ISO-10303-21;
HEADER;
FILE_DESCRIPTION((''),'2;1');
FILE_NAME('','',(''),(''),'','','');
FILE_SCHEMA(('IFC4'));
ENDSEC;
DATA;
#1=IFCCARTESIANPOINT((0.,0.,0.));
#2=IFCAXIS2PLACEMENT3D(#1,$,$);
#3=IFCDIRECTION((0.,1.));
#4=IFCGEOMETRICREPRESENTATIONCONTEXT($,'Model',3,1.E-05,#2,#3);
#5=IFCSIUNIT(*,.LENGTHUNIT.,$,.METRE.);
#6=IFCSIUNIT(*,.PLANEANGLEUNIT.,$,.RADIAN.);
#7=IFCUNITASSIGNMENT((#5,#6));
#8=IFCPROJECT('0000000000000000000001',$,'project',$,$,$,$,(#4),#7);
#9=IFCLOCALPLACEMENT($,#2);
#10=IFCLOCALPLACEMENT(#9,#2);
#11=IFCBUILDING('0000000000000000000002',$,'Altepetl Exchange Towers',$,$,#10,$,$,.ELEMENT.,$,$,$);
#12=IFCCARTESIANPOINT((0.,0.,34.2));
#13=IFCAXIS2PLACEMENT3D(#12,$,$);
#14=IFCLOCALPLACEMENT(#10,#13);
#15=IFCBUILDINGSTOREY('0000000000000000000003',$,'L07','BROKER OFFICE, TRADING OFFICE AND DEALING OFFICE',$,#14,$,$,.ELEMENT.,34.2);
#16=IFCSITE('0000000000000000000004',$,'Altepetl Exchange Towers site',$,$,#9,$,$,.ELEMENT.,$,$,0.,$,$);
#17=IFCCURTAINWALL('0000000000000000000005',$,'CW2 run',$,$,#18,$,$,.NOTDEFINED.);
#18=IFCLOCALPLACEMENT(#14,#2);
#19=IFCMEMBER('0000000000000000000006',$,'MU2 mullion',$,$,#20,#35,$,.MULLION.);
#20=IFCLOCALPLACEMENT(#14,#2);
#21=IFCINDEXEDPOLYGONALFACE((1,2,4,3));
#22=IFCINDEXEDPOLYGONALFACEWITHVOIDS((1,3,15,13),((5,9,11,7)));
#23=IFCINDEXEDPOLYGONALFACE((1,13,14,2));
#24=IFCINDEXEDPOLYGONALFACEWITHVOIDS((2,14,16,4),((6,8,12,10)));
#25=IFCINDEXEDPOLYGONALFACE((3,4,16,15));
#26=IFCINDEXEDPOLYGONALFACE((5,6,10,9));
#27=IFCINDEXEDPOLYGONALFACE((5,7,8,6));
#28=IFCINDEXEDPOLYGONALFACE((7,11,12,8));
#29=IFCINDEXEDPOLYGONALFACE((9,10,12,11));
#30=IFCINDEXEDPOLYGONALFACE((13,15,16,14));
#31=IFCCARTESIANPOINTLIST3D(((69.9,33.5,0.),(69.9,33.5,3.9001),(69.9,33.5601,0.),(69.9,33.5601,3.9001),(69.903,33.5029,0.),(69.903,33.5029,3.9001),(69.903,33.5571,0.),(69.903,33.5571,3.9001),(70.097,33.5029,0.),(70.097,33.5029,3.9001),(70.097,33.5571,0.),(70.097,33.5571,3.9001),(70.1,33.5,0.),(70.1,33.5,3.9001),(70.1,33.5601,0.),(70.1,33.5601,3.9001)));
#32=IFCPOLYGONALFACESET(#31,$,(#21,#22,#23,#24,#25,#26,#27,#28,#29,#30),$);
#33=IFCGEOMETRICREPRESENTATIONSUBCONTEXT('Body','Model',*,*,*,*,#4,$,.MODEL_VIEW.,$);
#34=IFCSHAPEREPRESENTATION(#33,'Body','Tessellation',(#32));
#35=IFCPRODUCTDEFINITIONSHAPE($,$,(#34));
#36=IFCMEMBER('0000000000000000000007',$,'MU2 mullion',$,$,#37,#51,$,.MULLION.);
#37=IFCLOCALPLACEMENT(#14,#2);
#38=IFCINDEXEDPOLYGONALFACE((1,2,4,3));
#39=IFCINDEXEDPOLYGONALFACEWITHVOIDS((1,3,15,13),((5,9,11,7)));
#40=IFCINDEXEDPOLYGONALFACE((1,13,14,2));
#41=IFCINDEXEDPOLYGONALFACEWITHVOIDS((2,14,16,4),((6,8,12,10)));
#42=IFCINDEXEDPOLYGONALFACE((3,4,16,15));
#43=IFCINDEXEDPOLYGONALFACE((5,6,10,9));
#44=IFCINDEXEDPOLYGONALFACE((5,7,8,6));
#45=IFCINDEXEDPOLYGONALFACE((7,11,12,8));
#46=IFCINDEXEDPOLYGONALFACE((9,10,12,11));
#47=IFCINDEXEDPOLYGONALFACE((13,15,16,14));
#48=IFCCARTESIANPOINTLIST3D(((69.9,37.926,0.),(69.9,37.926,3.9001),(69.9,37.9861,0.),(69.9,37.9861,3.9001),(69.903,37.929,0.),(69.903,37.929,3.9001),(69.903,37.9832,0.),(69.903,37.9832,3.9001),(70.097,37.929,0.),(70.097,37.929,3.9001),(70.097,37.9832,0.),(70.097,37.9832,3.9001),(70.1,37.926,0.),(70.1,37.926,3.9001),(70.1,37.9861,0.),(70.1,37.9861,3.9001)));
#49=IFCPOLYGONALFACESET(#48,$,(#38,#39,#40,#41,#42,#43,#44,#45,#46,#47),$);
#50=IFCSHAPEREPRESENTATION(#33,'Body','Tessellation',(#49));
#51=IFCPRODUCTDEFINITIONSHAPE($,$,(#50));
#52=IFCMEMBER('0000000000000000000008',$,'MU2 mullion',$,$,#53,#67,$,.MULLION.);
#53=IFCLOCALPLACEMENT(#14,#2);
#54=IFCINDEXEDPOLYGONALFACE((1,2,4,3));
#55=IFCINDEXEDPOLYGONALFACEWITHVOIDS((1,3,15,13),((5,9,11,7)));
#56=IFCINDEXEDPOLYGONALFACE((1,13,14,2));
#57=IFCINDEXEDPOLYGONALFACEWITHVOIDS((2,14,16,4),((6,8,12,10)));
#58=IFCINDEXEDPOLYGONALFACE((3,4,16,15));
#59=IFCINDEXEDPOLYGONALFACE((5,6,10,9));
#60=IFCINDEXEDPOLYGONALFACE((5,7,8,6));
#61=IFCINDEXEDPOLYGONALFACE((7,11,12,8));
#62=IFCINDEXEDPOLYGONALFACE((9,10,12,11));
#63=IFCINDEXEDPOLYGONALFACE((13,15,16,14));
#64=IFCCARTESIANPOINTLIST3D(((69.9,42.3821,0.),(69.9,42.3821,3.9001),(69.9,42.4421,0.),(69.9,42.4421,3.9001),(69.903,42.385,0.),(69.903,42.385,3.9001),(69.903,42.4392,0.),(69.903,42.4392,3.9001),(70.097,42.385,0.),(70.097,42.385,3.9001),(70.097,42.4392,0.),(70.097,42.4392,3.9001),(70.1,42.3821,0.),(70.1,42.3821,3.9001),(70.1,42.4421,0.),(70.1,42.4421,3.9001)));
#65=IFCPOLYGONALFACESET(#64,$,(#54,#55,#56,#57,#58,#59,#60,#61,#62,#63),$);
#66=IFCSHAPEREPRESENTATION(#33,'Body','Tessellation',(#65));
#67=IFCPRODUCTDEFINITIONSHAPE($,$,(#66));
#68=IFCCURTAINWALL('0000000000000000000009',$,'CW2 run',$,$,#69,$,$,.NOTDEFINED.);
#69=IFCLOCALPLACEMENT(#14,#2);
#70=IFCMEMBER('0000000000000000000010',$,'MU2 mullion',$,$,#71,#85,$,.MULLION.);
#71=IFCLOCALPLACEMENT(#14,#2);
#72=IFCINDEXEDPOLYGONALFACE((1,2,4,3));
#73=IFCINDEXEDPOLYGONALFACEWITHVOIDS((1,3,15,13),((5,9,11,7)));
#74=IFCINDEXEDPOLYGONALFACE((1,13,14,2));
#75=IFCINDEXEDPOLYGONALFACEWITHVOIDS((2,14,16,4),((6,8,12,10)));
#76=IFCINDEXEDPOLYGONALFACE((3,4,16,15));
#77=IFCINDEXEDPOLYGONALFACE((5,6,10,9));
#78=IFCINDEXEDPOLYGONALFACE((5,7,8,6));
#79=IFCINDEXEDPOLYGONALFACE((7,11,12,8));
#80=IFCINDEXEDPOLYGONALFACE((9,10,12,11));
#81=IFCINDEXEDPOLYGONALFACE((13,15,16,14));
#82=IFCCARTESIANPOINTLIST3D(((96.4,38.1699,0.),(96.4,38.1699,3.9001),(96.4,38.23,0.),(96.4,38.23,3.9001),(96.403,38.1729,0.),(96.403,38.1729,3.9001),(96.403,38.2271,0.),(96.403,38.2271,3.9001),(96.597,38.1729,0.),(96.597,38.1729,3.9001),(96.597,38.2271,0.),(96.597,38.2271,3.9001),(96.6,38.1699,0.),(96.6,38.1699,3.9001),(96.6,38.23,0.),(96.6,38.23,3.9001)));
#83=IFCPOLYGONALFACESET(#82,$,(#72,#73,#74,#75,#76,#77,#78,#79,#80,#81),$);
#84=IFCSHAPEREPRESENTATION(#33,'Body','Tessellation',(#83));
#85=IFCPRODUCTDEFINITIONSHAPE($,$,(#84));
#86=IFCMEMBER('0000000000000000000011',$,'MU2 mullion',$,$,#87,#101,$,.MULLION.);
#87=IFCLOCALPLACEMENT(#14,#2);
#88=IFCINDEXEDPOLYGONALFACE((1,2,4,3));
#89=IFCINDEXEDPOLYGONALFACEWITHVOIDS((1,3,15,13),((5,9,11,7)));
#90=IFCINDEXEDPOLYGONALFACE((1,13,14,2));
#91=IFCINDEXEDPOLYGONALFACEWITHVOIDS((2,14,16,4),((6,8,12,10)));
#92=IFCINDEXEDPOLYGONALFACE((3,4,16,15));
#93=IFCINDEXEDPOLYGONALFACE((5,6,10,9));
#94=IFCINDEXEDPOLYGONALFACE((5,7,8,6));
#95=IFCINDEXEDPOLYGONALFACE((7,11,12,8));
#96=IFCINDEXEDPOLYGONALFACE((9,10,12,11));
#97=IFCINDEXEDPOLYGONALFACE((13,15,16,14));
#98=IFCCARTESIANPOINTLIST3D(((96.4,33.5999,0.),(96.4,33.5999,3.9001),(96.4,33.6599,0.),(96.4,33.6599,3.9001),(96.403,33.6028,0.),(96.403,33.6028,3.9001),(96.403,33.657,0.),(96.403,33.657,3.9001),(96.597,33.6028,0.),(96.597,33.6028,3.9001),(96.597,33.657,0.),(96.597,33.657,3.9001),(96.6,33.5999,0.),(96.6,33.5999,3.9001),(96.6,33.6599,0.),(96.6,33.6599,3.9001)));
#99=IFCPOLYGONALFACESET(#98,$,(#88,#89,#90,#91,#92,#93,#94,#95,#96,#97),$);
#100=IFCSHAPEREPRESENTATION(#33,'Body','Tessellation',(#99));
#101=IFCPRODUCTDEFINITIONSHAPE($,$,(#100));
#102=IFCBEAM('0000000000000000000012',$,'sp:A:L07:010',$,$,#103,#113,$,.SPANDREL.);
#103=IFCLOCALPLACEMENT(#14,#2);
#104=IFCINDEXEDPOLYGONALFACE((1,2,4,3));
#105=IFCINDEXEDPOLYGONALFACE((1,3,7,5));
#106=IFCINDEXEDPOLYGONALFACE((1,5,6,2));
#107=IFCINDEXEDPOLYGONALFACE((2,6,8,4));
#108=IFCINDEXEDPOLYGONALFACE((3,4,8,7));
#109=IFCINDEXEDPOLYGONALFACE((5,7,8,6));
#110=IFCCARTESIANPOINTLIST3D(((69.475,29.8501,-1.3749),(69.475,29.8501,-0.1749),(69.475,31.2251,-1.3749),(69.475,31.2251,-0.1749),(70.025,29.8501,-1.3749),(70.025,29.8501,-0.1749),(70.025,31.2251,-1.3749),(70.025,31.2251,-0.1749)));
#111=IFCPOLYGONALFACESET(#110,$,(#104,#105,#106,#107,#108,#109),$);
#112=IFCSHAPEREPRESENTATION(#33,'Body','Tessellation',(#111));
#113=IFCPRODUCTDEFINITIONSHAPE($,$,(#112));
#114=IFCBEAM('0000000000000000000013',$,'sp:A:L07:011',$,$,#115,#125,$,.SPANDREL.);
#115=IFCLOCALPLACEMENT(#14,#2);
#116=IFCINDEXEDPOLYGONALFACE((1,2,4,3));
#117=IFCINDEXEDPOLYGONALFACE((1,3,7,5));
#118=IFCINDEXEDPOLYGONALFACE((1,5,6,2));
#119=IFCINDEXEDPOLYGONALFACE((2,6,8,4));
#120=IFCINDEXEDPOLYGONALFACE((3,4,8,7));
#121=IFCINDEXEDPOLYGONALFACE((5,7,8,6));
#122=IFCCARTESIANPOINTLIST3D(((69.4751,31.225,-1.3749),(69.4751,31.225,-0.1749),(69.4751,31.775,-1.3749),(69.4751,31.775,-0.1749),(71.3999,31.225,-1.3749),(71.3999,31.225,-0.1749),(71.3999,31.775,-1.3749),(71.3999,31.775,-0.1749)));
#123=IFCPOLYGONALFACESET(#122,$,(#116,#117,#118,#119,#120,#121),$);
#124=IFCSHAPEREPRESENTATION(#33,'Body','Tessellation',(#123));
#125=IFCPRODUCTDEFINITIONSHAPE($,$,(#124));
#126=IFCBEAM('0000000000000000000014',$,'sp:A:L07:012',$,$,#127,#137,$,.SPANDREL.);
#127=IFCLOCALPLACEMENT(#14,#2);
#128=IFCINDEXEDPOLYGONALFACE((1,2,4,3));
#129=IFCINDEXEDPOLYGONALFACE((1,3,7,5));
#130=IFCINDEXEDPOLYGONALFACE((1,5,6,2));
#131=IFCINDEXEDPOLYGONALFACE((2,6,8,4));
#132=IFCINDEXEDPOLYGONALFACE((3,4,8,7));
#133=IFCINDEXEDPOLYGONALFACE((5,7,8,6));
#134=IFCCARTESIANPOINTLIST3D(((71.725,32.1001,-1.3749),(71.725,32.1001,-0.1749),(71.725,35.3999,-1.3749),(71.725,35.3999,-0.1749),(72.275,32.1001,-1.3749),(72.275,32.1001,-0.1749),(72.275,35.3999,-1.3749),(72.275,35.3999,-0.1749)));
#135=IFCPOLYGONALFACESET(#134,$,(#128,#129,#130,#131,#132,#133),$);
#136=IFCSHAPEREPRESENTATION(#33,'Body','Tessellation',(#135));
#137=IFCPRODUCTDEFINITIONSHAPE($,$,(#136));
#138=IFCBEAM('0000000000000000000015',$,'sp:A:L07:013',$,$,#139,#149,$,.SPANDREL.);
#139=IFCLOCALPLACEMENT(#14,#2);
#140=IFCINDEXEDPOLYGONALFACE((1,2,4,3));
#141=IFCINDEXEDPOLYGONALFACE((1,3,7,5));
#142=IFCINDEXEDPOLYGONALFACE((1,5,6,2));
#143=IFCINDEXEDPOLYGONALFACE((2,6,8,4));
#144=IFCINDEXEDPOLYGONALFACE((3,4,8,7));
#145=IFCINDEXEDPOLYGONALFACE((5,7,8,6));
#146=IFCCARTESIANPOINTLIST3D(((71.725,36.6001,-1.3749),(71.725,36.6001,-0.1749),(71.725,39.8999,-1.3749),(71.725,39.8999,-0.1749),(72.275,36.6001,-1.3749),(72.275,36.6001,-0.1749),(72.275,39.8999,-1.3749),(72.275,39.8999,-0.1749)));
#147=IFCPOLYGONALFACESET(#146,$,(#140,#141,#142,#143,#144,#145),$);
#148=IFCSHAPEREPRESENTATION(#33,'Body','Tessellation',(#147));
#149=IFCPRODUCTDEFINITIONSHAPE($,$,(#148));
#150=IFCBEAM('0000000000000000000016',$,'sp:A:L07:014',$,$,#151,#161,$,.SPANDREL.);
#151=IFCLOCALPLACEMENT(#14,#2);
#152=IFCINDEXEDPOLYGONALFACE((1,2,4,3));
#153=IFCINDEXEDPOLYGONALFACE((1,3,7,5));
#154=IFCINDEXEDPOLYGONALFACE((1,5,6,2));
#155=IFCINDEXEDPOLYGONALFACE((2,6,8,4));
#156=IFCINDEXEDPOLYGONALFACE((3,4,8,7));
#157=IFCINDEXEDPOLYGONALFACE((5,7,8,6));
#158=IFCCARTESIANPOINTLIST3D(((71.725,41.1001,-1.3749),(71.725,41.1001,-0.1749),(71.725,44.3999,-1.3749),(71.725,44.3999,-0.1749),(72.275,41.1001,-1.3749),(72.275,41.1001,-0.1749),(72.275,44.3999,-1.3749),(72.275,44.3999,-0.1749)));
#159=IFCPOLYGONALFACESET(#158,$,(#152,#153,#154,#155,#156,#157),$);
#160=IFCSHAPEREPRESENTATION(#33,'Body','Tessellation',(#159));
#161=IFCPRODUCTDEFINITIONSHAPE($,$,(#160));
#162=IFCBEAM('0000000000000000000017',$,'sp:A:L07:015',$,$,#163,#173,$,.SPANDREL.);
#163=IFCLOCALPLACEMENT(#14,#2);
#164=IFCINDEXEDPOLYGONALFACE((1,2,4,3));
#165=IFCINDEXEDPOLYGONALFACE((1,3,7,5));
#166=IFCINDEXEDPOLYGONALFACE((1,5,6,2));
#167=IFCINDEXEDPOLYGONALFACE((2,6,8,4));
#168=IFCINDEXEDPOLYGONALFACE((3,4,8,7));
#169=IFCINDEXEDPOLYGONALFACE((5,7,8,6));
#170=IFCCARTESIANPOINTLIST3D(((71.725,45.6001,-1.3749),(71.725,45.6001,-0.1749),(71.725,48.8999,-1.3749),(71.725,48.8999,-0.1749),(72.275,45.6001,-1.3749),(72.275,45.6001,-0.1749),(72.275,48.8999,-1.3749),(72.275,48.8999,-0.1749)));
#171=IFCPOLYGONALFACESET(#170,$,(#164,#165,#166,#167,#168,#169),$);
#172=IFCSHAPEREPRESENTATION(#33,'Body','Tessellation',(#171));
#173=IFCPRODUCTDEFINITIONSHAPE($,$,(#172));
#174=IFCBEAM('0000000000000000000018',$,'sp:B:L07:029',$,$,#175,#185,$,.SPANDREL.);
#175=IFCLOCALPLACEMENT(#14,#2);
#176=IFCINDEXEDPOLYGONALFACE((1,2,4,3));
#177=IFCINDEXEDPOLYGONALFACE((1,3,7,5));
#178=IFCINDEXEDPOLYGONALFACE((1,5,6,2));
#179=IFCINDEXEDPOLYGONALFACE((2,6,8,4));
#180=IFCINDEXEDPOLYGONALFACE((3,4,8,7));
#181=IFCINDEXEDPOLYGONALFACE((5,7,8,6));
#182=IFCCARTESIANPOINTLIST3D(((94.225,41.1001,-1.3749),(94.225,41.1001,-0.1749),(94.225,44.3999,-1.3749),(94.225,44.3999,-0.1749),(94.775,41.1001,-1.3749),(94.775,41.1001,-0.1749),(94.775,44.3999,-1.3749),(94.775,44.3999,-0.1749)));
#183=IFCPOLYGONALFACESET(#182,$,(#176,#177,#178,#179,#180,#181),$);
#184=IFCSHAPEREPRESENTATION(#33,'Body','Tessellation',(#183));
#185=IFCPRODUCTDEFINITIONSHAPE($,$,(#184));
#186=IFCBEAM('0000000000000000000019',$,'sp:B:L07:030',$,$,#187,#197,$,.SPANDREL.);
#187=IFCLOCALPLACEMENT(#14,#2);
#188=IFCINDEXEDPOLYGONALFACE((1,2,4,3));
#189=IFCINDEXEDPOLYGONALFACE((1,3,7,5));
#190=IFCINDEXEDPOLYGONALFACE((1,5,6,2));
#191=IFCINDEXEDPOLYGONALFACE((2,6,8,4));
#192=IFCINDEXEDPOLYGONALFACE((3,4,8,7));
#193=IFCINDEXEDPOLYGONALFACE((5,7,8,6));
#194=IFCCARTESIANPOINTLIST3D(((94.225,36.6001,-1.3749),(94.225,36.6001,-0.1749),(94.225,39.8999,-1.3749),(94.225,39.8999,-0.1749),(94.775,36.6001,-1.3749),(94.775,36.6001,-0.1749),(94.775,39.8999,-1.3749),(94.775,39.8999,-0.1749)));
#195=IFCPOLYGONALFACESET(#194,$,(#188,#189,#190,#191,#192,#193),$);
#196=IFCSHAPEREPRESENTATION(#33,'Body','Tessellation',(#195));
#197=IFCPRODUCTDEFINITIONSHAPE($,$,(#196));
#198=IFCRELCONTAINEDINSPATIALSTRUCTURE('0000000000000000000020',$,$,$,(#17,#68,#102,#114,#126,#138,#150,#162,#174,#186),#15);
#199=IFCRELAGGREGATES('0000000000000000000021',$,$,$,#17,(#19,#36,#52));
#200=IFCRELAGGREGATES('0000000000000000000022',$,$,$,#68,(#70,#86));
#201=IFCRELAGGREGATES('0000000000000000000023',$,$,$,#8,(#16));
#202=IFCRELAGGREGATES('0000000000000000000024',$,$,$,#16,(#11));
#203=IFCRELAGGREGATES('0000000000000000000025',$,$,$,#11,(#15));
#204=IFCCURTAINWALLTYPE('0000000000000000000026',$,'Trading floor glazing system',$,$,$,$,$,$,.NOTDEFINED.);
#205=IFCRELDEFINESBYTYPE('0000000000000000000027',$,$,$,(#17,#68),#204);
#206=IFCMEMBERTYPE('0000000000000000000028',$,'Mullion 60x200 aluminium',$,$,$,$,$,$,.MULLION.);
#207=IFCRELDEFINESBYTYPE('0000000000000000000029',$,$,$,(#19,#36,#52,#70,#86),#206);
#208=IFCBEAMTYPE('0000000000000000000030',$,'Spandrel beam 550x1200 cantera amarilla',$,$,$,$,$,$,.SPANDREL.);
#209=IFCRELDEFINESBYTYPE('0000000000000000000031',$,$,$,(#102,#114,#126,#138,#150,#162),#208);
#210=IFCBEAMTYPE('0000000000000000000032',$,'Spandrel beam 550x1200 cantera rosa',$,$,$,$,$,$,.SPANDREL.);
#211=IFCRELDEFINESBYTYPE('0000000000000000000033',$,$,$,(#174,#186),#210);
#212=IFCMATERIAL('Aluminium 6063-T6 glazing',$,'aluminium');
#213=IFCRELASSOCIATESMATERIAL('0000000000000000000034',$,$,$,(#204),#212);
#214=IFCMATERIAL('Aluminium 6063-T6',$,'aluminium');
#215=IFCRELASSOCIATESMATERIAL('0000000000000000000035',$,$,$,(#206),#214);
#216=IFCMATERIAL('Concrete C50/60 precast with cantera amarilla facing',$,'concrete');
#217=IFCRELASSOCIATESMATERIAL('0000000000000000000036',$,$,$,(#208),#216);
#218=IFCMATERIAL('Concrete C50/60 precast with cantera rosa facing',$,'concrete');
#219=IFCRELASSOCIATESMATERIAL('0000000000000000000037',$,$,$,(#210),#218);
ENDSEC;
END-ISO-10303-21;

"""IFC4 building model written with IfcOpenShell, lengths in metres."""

from ifc_helpers import new_model, si_unit, direction, frame, origin, origin_2d, place, context, subcontext, project, spatial, rectangle, hollow_rectangle, extrude, material, material_profile, profile_set, type_object, element, aggregate, save


model = new_model("IFC4")

# Units and contexts
model_context = context("Model", 3, precision=1e-05, world=origin(), true_north=direction((0.0, 1.0)))
body_context = subcontext(model_context, "Body", "Model", "MODEL_VIEW")
ifc_project = project(units=[si_unit("LENGTHUNIT", "METRE"), si_unit("PLANEANGLEUNIT", "RADIAN")], contexts=[model_context])

# Site, building, storey
site_placement = place(None, origin())
site = spatial("IfcSite", under=ifc_project, at=site_placement, Name="Altepetl Exchange Towers site", CompositionType="ELEMENT", RefElevation=0.0)
building_placement = place(site_placement, origin())
building = spatial("IfcBuilding", under=site, at=building_placement, Name="Altepetl Exchange Towers", CompositionType="ELEMENT")
storey_placement = place(building_placement, frame((0.0, 0.0, 34.2)))
storey = spatial("IfcBuildingStorey", under=building, at=storey_placement, Name="L07", Description="BROKER OFFICE, TRADING OFFICE AND DEALING OFFICE", CompositionType="ELEMENT", Elevation=34.2)

# Curtain walls, members
ifc_material_1 = material(Name="Aluminium 6063-T6 glazing", Category="aluminium")
curtain_wall_type = type_object("IfcCurtainWallType", Name="Trading floor glazing system", PredefinedType="NOTDEFINED", material=ifc_material_1)
ifc_material_2 = material(Name="Aluminium 6063-T6", Category="aluminium")
ifc_material_profile_1 = material_profile(ifc_material_2, hollow_rectangle(XDim=0.0601, YDim=0.2, WallThickness=0.0029, at=origin_2d()), Name="Mullion 60x200 aluminium")
ifc_profile_set_1 = profile_set([ifc_material_profile_1], Name="Aluminium 6063-T6")
member_type = type_object("IfcMemberType", Name="Mullion 60x200 aluminium", PredefinedType="MULLION", material=ifc_profile_set_1)
curtain_wall_1_placement = place(storey_placement, origin())
curtain_wall_1 = element("IfcCurtainWall", 1, at=curtain_wall_1_placement, inside=storey, type_object=curtain_wall_type, Name="CW2 run", PredefinedType="NOTDEFINED")
member_1_placement = place(storey_placement, frame((70.0, 33.53, 0.0), z_axis=(0.0, 0.0, 1.0), x_axis=(0.0, 1.0, 0.0)))
member_1 = element("IfcMember", 2, at=member_1_placement, type_object=member_type, Name="MU2 mullion", PredefinedType="MULLION", context=body_context, shape_type="SweptSolid", body=[
    extrude(hollow_rectangle(XDim=0.0601, YDim=0.2, WallThickness=0.0029, at=origin_2d()), origin(), (0.0, 0.0, 1.0), 3.9001),
])
member_2_placement = place(storey_placement, frame((70.0, 37.9561, 0.0), z_axis=(0.0, 0.0, 1.0), x_axis=(0.0, 1.0, 0.0)))
member_2 = element("IfcMember", 3, at=member_2_placement, type_object=member_type, Name="MU2 mullion", PredefinedType="MULLION", context=body_context, shape_type="SweptSolid", body=[
    extrude(hollow_rectangle(XDim=0.0601, YDim=0.2, WallThickness=0.0029, at=origin_2d()), origin(), (0.0, 0.0, 1.0), 3.9001),
])
member_3_placement = place(storey_placement, frame((70.0, 42.4121, 0.0), z_axis=(0.0, 0.0, 1.0), x_axis=(0.0, 1.0, 0.0)))
member_3 = element("IfcMember", 4, at=member_3_placement, type_object=member_type, Name="MU2 mullion", PredefinedType="MULLION", context=body_context, shape_type="SweptSolid", body=[
    extrude(hollow_rectangle(XDim=0.0601, YDim=0.2, WallThickness=0.0029, at=origin_2d()), origin(), (0.0, 0.0, 1.0), 3.9001),
])
curtain_wall_2_placement = place(storey_placement, origin())
curtain_wall_2 = element("IfcCurtainWall", 5, at=curtain_wall_2_placement, inside=storey, type_object=curtain_wall_type, Name="CW2 run", PredefinedType="NOTDEFINED")
member_4_placement = place(storey_placement, frame((96.5, 38.2, 0.0), z_axis=(0.0, 0.0, 1.0), x_axis=(0.0, -1.0, 0.0)))
member_4 = element("IfcMember", 6, at=member_4_placement, type_object=member_type, Name="MU2 mullion", PredefinedType="MULLION", context=body_context, shape_type="SweptSolid", body=[
    extrude(hollow_rectangle(XDim=0.0601, YDim=0.2, WallThickness=0.0029, at=origin_2d()), origin(), (0.0, 0.0, 1.0), 3.9001),
])
member_5_placement = place(storey_placement, frame((96.5, 33.6299, 0.0), z_axis=(0.0, 0.0, 1.0), x_axis=(0.0, -1.0, 0.0)))
member_5 = element("IfcMember", 7, at=member_5_placement, type_object=member_type, Name="MU2 mullion", PredefinedType="MULLION", context=body_context, shape_type="SweptSolid", body=[
    extrude(hollow_rectangle(XDim=0.0601, YDim=0.2, WallThickness=0.0029, at=origin_2d()), origin(), (0.0, 0.0, 1.0), 3.9001),
])

# Beams
ifc_material_3 = material(Name="Concrete C50/60 precast with cantera amarilla facing", Category="concrete")
ifc_material_profile_2 = material_profile(ifc_material_3, rectangle(XDim=0.55, YDim=1.2, at=origin_2d()), Name="550 x 1200")
ifc_profile_set_2 = profile_set([ifc_material_profile_2], Name="Concrete C50/60 precast with cantera amarilla facing")
beam_type_1 = type_object("IfcBeamType", Name="Spandrel beam 550x1200 cantera amarilla", PredefinedType="SPANDREL", material=ifc_profile_set_2)
beam_1_placement = place(storey_placement, frame((69.75, 29.8501, -0.7749), z_axis=(0.0, 1.0, 0.0), x_axis=(-1.0, 0.0, 0.0)))
element("IfcBeam", 8, at=beam_1_placement, inside=storey, type_object=beam_type_1, Name="sp:A:L07:010", PredefinedType="SPANDREL", context=body_context, shape_type="SweptSolid", body=[
    extrude(rectangle(XDim=0.55, YDim=1.2, at=origin_2d()), origin(), (0.0, 0.0, 1.0), 1.375),
])
beam_2_placement = place(storey_placement, frame((69.4751, 31.5, -0.7749), z_axis=(1.0, 0.0, 0.0), x_axis=(0.0, 1.0, 0.0)))
element("IfcBeam", 9, at=beam_2_placement, inside=storey, type_object=beam_type_1, Name="sp:A:L07:011", PredefinedType="SPANDREL", context=body_context, shape_type="SweptSolid", body=[
    extrude(rectangle(XDim=0.55, YDim=1.2, at=origin_2d()), origin(), (0.0, 0.0, 1.0), 1.9248),
])
for number, where, z_axis, x_axis, name in (
    (10, (72.0, 32.1001, -0.7749), (0.0, 1.0, 0.0), (-1.0, 0.0, 0.0), "sp:A:L07:012"),
    (11, (72.0, 36.6001, -0.7749), (0.0, 1.0, 0.0), (-1.0, 0.0, 0.0), "sp:A:L07:013"),
    (12, (72.0, 41.1001, -0.7749), (0.0, 1.0, 0.0), (-1.0, 0.0, 0.0), "sp:A:L07:014"),
    (13, (72.0, 45.6001, -0.7749), (0.0, 1.0, 0.0), (-1.0, 0.0, 0.0), "sp:A:L07:015"),
):
    element("IfcBeam", number, at=place(storey_placement, frame(where, z_axis=z_axis, x_axis=x_axis)), inside=storey, type_object=beam_type_1, Name=name, PredefinedType="SPANDREL", context=body_context, shape_type="SweptSolid", body=[
        extrude(rectangle(XDim=0.55, YDim=1.2, at=origin_2d()), origin(), (0.0, 0.0, 1.0), 3.2998),
    ])
ifc_material_4 = material(Name="Concrete C50/60 precast with cantera rosa facing", Category="concrete")
ifc_material_profile_3 = material_profile(ifc_material_4, rectangle(XDim=0.55, YDim=1.2, at=origin_2d()), Name="550 x 1200")
ifc_profile_set_3 = profile_set([ifc_material_profile_3], Name="Concrete C50/60 precast with cantera rosa facing")
beam_type_2 = type_object("IfcBeamType", Name="Spandrel beam 550x1200 cantera rosa", PredefinedType="SPANDREL", material=ifc_profile_set_3)
for number, where, z_axis, x_axis, name in (
    (14, (94.5, 44.3999, -0.7749), (0.0, -1.0, 0.0), (1.0, 0.0, 0.0), "sp:B:L07:029"),
    (15, (94.5, 39.8999, -0.7749), (0.0, -1.0, 0.0), (1.0, 0.0, 0.0), "sp:B:L07:030"),
):
    element("IfcBeam", number, at=place(storey_placement, frame(where, z_axis=z_axis, x_axis=x_axis)), inside=storey, type_object=beam_type_2, Name=name, PredefinedType="SPANDREL", context=body_context, shape_type="SweptSolid", body=[
        extrude(rectangle(XDim=0.55, YDim=1.2, at=origin_2d()), origin(), (0.0, 0.0, 1.0), 3.2998),
    ])

aggregate(curtain_wall_1, [member_1, member_2, member_3])
aggregate(curtain_wall_2, [member_4, member_5])

save(model, "model.ifc")
